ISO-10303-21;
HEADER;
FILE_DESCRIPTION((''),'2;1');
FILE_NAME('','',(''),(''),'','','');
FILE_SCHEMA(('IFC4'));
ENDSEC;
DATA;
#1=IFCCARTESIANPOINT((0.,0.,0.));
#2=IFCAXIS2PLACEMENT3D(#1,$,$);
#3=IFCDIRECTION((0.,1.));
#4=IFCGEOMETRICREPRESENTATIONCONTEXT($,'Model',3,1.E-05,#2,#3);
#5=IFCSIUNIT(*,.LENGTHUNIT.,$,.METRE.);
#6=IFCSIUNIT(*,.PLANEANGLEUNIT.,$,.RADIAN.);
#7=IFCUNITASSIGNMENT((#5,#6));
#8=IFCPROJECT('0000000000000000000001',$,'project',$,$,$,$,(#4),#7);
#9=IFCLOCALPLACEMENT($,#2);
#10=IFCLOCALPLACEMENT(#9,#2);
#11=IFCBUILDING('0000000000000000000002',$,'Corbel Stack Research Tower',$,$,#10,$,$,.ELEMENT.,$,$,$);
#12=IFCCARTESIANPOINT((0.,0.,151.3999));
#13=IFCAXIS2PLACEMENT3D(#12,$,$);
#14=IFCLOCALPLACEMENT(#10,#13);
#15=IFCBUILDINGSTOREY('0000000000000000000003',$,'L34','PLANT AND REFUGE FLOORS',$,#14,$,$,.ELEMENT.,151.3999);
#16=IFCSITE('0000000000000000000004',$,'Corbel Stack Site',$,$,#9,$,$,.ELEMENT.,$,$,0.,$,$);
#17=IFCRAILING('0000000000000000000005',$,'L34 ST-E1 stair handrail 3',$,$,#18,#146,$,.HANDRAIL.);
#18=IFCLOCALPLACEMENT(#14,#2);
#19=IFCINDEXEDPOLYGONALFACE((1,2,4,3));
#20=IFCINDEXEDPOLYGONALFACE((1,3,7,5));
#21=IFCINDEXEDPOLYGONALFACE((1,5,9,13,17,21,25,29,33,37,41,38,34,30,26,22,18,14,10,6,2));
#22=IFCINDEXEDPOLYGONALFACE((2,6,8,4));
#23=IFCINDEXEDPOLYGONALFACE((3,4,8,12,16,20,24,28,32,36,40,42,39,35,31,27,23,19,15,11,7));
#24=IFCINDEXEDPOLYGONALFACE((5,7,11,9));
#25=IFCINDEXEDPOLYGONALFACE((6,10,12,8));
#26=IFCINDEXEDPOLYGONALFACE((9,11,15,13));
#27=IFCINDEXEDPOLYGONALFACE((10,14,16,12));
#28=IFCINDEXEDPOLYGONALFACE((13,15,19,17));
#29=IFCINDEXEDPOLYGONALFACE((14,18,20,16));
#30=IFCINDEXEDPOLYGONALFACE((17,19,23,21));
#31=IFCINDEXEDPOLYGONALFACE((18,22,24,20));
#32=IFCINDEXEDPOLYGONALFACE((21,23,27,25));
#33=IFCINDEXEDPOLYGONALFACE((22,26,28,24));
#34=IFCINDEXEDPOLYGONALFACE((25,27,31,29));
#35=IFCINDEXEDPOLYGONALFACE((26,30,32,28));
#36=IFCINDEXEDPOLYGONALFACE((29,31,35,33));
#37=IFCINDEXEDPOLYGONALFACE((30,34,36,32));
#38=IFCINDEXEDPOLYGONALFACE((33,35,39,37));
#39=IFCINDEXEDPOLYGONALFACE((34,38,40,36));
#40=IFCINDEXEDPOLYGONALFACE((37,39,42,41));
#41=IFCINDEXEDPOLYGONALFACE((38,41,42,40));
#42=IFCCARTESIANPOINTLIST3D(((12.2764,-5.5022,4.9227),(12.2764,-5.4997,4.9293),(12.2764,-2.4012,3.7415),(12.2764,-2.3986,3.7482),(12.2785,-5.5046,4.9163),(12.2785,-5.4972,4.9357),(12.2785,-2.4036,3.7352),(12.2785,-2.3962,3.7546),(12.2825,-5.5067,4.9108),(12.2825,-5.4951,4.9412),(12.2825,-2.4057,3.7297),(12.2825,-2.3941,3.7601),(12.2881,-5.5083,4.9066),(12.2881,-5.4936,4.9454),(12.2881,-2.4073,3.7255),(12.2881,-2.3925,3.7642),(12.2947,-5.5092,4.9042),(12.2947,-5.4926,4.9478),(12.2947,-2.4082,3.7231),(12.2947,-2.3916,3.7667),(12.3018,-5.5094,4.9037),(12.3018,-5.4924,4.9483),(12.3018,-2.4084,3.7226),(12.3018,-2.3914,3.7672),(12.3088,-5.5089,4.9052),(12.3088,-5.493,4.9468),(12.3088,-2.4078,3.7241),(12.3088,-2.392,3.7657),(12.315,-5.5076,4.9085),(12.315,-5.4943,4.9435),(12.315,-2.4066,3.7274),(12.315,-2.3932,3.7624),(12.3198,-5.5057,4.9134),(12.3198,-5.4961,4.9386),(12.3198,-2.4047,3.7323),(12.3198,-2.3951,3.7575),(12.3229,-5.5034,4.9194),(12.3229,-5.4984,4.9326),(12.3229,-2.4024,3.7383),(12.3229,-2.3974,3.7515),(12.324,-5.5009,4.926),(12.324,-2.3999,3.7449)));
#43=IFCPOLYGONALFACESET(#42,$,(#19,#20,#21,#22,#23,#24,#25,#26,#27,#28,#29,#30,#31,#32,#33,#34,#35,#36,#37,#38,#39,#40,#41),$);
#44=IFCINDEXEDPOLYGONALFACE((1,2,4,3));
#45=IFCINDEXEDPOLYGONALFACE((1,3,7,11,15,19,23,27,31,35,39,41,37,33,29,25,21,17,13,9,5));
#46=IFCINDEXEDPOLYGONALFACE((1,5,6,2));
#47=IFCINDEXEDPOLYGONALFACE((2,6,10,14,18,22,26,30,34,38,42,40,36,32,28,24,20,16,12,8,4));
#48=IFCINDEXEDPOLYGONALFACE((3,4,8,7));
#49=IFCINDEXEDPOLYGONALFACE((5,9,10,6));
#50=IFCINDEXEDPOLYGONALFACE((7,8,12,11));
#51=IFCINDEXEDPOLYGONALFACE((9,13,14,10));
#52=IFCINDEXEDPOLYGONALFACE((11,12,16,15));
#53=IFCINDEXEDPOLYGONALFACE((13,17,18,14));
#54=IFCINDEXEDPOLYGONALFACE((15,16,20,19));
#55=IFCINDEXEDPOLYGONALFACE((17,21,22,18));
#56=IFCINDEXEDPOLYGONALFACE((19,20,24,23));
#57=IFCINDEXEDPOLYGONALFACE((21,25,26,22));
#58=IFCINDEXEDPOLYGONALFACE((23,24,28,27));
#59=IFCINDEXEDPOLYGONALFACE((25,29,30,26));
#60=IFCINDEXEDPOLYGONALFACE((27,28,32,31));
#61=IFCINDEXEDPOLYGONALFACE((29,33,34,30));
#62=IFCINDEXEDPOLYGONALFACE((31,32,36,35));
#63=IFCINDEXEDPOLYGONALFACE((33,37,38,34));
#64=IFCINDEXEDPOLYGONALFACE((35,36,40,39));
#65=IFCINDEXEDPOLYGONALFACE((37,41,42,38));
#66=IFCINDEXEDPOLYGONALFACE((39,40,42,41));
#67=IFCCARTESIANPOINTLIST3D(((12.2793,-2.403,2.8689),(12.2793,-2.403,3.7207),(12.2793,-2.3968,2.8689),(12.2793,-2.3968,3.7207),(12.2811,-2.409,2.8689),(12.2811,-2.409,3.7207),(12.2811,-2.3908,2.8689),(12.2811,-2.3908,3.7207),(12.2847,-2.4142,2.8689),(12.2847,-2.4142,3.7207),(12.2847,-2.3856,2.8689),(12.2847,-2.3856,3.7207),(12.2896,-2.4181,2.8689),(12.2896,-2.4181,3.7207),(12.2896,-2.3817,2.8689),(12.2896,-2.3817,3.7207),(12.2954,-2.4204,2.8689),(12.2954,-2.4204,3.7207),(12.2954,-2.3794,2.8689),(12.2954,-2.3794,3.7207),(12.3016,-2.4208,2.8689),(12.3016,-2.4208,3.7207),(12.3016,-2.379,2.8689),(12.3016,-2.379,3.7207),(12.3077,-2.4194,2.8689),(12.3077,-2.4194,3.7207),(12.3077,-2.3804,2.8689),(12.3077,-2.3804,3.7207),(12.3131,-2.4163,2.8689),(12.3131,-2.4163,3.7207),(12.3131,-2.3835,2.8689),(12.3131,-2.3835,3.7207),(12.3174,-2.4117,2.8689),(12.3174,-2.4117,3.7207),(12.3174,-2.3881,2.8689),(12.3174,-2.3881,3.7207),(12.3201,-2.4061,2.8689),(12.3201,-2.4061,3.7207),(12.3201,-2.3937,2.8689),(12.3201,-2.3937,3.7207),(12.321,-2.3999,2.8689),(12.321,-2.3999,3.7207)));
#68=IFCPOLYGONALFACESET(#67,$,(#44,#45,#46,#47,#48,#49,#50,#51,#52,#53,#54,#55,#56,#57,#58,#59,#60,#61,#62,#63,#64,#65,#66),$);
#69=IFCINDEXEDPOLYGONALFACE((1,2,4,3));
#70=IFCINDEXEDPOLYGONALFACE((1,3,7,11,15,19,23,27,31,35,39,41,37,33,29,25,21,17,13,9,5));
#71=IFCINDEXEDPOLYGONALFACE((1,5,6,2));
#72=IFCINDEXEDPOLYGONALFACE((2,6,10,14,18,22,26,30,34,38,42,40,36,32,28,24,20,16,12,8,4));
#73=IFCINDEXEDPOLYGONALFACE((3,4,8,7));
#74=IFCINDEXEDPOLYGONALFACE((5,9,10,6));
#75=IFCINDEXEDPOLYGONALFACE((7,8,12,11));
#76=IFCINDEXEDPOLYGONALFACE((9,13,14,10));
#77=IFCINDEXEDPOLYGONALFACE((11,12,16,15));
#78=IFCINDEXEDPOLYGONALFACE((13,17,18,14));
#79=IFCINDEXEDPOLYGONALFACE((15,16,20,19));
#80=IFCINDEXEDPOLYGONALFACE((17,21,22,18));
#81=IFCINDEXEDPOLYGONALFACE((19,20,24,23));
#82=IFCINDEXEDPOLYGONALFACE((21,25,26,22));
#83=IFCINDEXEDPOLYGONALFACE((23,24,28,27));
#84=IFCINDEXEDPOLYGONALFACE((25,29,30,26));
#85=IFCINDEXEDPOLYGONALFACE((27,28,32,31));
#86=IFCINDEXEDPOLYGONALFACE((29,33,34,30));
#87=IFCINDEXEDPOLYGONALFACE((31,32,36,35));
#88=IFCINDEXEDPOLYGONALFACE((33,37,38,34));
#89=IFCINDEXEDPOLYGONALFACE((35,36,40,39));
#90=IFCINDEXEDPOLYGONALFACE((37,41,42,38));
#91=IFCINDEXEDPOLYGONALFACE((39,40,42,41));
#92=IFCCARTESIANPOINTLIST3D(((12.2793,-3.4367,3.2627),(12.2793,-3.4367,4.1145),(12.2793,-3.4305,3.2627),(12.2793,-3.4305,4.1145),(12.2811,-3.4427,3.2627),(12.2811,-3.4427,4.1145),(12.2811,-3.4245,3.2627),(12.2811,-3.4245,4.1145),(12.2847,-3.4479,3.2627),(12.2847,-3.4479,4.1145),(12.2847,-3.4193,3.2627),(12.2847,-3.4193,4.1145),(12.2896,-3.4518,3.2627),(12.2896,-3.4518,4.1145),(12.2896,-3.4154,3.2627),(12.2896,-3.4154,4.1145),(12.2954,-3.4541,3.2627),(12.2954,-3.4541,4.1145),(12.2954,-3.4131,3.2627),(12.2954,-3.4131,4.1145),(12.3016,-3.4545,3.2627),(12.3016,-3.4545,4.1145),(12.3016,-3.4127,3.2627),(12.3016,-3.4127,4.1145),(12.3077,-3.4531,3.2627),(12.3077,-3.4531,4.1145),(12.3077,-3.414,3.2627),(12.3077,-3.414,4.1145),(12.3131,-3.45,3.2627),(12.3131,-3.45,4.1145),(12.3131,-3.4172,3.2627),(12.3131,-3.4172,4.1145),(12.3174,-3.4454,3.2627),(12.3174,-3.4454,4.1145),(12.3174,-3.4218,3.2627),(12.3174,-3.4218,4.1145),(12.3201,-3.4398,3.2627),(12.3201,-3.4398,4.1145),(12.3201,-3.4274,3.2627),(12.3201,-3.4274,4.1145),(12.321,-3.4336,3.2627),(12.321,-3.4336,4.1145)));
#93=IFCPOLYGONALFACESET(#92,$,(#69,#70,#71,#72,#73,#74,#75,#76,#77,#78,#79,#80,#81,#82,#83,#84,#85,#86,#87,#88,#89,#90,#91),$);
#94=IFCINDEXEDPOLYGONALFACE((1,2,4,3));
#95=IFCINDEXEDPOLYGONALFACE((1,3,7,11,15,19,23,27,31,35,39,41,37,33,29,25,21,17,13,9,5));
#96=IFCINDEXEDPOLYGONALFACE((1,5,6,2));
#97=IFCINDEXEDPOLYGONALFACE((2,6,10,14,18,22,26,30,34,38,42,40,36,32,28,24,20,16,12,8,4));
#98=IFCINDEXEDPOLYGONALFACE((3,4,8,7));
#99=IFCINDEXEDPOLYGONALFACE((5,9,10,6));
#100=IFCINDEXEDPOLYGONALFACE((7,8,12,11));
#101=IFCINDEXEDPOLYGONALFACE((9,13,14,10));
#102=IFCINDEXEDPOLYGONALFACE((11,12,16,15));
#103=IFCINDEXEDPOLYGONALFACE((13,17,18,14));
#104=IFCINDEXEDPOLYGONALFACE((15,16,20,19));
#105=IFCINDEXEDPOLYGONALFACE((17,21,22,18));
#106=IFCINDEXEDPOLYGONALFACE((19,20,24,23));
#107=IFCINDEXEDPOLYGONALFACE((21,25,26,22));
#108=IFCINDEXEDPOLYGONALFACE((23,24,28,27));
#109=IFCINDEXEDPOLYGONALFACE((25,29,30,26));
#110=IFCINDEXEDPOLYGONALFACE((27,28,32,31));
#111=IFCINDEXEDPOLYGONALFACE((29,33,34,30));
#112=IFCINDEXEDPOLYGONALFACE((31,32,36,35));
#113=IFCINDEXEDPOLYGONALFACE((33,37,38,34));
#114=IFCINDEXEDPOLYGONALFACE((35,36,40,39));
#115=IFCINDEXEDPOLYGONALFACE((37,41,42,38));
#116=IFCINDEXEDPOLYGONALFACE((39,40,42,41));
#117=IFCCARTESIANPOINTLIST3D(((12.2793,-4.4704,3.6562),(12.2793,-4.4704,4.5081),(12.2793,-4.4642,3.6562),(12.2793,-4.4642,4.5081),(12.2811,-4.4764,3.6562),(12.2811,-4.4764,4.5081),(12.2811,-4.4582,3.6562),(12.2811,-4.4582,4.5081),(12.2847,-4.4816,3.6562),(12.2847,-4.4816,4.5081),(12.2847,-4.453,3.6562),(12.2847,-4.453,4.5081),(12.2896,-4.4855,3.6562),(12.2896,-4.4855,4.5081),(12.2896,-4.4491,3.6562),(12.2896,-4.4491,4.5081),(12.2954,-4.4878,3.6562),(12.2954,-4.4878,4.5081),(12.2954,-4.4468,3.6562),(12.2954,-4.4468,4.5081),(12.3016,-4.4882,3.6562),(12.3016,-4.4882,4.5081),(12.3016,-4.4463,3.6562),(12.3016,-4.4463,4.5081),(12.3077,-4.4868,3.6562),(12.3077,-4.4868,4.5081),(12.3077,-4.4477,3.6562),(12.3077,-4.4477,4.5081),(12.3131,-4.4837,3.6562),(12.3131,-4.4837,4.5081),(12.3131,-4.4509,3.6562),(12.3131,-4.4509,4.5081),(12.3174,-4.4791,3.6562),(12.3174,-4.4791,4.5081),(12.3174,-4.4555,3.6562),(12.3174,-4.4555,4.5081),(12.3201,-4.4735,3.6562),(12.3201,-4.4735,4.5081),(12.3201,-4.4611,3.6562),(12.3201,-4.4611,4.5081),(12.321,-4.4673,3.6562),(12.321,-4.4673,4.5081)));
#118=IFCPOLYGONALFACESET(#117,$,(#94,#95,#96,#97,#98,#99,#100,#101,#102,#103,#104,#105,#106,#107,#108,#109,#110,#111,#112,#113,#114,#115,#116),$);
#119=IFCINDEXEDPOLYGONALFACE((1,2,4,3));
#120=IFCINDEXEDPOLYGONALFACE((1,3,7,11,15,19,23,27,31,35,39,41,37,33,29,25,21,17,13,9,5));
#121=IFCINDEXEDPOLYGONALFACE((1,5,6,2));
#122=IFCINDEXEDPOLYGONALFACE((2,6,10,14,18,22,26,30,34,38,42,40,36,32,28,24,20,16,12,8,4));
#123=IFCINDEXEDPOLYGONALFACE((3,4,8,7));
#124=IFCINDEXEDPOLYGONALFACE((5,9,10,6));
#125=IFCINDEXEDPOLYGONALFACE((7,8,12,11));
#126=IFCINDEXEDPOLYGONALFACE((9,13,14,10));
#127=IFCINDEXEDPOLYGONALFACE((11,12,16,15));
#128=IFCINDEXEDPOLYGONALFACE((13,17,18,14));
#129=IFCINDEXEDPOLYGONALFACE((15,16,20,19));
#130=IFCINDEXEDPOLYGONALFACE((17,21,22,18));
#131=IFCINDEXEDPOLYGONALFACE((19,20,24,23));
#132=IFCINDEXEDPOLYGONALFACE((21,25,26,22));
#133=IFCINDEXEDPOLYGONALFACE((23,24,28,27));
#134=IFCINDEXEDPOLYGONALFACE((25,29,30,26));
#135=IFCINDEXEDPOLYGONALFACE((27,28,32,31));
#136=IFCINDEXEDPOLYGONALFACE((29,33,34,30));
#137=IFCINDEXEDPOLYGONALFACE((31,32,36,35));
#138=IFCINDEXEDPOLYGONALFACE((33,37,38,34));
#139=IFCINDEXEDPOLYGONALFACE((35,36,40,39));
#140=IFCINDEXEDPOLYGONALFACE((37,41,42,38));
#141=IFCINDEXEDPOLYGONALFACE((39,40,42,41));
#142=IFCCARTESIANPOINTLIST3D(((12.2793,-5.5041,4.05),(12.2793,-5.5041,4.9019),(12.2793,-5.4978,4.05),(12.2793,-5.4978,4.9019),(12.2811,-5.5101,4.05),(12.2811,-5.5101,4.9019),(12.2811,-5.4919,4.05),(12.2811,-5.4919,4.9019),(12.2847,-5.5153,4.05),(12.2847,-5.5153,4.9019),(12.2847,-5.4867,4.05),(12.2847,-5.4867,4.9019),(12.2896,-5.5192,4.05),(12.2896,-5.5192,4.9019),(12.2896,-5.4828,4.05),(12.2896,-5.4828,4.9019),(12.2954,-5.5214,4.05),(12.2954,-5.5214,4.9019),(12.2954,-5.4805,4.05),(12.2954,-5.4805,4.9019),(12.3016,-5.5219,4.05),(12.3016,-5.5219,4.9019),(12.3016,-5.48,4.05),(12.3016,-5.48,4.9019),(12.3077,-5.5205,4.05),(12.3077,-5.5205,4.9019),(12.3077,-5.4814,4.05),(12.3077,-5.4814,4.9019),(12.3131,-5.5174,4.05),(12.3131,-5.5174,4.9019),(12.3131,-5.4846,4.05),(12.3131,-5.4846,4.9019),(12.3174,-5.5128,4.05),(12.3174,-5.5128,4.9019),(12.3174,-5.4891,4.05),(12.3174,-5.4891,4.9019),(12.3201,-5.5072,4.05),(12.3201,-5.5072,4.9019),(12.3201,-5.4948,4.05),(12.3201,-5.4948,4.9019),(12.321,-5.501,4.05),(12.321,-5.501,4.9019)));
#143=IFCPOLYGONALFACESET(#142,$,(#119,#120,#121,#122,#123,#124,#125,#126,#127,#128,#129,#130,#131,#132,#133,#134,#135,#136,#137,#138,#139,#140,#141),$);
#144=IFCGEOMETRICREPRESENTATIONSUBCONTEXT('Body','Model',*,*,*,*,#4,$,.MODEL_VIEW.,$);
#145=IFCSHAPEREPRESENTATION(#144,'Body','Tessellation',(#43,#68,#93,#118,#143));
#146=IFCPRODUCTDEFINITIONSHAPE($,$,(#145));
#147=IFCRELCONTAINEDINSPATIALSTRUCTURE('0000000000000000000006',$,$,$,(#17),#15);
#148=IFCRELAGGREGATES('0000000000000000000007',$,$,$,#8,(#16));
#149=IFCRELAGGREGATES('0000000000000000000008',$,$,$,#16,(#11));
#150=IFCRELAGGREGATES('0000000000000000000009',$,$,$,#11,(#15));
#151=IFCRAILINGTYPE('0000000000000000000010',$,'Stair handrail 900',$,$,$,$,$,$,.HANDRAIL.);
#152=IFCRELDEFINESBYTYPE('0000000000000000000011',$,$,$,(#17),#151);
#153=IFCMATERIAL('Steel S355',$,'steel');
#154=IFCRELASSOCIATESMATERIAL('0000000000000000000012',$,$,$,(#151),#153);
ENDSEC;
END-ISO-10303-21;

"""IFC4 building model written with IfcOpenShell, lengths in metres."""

from ifc_helpers import new_model, si_unit, direction, frame, origin, origin_2d, place, context, subcontext, project, spatial, circle, extrude, material, type_object, element, save


model = new_model("IFC4")

# Units and contexts
model_context = context("Model", 3, precision=1e-05, world=origin(), true_north=direction((0.0, 1.0)))
body_context = subcontext(model_context, "Body", "Model", "MODEL_VIEW")
ifc_project = project(units=[si_unit("LENGTHUNIT", "METRE"), si_unit("PLANEANGLEUNIT", "RADIAN")], contexts=[model_context])

# Site, building, storey
site_placement = place(None, origin())
site = spatial("IfcSite", under=ifc_project, at=site_placement, Name="Corbel Stack Site", CompositionType="ELEMENT", RefElevation=0.0)
building_placement = place(site_placement, origin())
building = spatial("IfcBuilding", under=site, at=building_placement, Name="Corbel Stack Research Tower", CompositionType="ELEMENT")
storey_placement = place(building_placement, frame((0.0, 0.0, 151.3999)))
storey = spatial("IfcBuildingStorey", under=building, at=storey_placement, Name="L34", Description="PLANT AND REFUGE FLOORS", CompositionType="ELEMENT", Elevation=151.3999)

# Railing
ifc_material_1 = material(Name="Steel S355", Category="steel")
railing_type_1 = type_object("IfcRailingType", Name="Stair handrail 900", PredefinedType="HANDRAIL", material=ifc_material_1)
for number, where, name in (
    (1, (12.3, -2.3999, 2.8689), "L34 ST-E1 stair handrail 3"),
):
    element("IfcRailing", number, at=place(storey_placement, frame(where)), inside=storey, type_object=railing_type_1, Name=name, PredefinedType="HANDRAIL", context=body_context, shape_type="SweptSolid", body=[
        extrude(circle(Radius=0.0239, at=origin_2d()), frame((0.0, 0.0, 0.876), z_axis=(0.0, -0.934509, 0.35594), x_axis=(1.0, 0.0, 0.0)), (0.0, 0.0, 1.0), 3.3184),
        extrude(circle(Radius=0.021, at=origin_2d()), origin(), (0.0, 0.0, 1.0), 0.8518),
        extrude(circle(Radius=0.021, at=origin_2d()), frame((0.0, -1.0337, 0.3938)), (0.0, 0.0, 1.0), 0.8518),
        extrude(circle(Radius=0.021, at=origin_2d()), frame((0.0, -2.0674, 0.7874)), (0.0, 0.0, 1.0), 0.8518),
        extrude(circle(Radius=0.021, at=origin_2d()), frame((0.0, -3.1011, 1.1812)), (0.0, 0.0, 1.0), 0.8518),
    ])

save(model, "model.ifc")
